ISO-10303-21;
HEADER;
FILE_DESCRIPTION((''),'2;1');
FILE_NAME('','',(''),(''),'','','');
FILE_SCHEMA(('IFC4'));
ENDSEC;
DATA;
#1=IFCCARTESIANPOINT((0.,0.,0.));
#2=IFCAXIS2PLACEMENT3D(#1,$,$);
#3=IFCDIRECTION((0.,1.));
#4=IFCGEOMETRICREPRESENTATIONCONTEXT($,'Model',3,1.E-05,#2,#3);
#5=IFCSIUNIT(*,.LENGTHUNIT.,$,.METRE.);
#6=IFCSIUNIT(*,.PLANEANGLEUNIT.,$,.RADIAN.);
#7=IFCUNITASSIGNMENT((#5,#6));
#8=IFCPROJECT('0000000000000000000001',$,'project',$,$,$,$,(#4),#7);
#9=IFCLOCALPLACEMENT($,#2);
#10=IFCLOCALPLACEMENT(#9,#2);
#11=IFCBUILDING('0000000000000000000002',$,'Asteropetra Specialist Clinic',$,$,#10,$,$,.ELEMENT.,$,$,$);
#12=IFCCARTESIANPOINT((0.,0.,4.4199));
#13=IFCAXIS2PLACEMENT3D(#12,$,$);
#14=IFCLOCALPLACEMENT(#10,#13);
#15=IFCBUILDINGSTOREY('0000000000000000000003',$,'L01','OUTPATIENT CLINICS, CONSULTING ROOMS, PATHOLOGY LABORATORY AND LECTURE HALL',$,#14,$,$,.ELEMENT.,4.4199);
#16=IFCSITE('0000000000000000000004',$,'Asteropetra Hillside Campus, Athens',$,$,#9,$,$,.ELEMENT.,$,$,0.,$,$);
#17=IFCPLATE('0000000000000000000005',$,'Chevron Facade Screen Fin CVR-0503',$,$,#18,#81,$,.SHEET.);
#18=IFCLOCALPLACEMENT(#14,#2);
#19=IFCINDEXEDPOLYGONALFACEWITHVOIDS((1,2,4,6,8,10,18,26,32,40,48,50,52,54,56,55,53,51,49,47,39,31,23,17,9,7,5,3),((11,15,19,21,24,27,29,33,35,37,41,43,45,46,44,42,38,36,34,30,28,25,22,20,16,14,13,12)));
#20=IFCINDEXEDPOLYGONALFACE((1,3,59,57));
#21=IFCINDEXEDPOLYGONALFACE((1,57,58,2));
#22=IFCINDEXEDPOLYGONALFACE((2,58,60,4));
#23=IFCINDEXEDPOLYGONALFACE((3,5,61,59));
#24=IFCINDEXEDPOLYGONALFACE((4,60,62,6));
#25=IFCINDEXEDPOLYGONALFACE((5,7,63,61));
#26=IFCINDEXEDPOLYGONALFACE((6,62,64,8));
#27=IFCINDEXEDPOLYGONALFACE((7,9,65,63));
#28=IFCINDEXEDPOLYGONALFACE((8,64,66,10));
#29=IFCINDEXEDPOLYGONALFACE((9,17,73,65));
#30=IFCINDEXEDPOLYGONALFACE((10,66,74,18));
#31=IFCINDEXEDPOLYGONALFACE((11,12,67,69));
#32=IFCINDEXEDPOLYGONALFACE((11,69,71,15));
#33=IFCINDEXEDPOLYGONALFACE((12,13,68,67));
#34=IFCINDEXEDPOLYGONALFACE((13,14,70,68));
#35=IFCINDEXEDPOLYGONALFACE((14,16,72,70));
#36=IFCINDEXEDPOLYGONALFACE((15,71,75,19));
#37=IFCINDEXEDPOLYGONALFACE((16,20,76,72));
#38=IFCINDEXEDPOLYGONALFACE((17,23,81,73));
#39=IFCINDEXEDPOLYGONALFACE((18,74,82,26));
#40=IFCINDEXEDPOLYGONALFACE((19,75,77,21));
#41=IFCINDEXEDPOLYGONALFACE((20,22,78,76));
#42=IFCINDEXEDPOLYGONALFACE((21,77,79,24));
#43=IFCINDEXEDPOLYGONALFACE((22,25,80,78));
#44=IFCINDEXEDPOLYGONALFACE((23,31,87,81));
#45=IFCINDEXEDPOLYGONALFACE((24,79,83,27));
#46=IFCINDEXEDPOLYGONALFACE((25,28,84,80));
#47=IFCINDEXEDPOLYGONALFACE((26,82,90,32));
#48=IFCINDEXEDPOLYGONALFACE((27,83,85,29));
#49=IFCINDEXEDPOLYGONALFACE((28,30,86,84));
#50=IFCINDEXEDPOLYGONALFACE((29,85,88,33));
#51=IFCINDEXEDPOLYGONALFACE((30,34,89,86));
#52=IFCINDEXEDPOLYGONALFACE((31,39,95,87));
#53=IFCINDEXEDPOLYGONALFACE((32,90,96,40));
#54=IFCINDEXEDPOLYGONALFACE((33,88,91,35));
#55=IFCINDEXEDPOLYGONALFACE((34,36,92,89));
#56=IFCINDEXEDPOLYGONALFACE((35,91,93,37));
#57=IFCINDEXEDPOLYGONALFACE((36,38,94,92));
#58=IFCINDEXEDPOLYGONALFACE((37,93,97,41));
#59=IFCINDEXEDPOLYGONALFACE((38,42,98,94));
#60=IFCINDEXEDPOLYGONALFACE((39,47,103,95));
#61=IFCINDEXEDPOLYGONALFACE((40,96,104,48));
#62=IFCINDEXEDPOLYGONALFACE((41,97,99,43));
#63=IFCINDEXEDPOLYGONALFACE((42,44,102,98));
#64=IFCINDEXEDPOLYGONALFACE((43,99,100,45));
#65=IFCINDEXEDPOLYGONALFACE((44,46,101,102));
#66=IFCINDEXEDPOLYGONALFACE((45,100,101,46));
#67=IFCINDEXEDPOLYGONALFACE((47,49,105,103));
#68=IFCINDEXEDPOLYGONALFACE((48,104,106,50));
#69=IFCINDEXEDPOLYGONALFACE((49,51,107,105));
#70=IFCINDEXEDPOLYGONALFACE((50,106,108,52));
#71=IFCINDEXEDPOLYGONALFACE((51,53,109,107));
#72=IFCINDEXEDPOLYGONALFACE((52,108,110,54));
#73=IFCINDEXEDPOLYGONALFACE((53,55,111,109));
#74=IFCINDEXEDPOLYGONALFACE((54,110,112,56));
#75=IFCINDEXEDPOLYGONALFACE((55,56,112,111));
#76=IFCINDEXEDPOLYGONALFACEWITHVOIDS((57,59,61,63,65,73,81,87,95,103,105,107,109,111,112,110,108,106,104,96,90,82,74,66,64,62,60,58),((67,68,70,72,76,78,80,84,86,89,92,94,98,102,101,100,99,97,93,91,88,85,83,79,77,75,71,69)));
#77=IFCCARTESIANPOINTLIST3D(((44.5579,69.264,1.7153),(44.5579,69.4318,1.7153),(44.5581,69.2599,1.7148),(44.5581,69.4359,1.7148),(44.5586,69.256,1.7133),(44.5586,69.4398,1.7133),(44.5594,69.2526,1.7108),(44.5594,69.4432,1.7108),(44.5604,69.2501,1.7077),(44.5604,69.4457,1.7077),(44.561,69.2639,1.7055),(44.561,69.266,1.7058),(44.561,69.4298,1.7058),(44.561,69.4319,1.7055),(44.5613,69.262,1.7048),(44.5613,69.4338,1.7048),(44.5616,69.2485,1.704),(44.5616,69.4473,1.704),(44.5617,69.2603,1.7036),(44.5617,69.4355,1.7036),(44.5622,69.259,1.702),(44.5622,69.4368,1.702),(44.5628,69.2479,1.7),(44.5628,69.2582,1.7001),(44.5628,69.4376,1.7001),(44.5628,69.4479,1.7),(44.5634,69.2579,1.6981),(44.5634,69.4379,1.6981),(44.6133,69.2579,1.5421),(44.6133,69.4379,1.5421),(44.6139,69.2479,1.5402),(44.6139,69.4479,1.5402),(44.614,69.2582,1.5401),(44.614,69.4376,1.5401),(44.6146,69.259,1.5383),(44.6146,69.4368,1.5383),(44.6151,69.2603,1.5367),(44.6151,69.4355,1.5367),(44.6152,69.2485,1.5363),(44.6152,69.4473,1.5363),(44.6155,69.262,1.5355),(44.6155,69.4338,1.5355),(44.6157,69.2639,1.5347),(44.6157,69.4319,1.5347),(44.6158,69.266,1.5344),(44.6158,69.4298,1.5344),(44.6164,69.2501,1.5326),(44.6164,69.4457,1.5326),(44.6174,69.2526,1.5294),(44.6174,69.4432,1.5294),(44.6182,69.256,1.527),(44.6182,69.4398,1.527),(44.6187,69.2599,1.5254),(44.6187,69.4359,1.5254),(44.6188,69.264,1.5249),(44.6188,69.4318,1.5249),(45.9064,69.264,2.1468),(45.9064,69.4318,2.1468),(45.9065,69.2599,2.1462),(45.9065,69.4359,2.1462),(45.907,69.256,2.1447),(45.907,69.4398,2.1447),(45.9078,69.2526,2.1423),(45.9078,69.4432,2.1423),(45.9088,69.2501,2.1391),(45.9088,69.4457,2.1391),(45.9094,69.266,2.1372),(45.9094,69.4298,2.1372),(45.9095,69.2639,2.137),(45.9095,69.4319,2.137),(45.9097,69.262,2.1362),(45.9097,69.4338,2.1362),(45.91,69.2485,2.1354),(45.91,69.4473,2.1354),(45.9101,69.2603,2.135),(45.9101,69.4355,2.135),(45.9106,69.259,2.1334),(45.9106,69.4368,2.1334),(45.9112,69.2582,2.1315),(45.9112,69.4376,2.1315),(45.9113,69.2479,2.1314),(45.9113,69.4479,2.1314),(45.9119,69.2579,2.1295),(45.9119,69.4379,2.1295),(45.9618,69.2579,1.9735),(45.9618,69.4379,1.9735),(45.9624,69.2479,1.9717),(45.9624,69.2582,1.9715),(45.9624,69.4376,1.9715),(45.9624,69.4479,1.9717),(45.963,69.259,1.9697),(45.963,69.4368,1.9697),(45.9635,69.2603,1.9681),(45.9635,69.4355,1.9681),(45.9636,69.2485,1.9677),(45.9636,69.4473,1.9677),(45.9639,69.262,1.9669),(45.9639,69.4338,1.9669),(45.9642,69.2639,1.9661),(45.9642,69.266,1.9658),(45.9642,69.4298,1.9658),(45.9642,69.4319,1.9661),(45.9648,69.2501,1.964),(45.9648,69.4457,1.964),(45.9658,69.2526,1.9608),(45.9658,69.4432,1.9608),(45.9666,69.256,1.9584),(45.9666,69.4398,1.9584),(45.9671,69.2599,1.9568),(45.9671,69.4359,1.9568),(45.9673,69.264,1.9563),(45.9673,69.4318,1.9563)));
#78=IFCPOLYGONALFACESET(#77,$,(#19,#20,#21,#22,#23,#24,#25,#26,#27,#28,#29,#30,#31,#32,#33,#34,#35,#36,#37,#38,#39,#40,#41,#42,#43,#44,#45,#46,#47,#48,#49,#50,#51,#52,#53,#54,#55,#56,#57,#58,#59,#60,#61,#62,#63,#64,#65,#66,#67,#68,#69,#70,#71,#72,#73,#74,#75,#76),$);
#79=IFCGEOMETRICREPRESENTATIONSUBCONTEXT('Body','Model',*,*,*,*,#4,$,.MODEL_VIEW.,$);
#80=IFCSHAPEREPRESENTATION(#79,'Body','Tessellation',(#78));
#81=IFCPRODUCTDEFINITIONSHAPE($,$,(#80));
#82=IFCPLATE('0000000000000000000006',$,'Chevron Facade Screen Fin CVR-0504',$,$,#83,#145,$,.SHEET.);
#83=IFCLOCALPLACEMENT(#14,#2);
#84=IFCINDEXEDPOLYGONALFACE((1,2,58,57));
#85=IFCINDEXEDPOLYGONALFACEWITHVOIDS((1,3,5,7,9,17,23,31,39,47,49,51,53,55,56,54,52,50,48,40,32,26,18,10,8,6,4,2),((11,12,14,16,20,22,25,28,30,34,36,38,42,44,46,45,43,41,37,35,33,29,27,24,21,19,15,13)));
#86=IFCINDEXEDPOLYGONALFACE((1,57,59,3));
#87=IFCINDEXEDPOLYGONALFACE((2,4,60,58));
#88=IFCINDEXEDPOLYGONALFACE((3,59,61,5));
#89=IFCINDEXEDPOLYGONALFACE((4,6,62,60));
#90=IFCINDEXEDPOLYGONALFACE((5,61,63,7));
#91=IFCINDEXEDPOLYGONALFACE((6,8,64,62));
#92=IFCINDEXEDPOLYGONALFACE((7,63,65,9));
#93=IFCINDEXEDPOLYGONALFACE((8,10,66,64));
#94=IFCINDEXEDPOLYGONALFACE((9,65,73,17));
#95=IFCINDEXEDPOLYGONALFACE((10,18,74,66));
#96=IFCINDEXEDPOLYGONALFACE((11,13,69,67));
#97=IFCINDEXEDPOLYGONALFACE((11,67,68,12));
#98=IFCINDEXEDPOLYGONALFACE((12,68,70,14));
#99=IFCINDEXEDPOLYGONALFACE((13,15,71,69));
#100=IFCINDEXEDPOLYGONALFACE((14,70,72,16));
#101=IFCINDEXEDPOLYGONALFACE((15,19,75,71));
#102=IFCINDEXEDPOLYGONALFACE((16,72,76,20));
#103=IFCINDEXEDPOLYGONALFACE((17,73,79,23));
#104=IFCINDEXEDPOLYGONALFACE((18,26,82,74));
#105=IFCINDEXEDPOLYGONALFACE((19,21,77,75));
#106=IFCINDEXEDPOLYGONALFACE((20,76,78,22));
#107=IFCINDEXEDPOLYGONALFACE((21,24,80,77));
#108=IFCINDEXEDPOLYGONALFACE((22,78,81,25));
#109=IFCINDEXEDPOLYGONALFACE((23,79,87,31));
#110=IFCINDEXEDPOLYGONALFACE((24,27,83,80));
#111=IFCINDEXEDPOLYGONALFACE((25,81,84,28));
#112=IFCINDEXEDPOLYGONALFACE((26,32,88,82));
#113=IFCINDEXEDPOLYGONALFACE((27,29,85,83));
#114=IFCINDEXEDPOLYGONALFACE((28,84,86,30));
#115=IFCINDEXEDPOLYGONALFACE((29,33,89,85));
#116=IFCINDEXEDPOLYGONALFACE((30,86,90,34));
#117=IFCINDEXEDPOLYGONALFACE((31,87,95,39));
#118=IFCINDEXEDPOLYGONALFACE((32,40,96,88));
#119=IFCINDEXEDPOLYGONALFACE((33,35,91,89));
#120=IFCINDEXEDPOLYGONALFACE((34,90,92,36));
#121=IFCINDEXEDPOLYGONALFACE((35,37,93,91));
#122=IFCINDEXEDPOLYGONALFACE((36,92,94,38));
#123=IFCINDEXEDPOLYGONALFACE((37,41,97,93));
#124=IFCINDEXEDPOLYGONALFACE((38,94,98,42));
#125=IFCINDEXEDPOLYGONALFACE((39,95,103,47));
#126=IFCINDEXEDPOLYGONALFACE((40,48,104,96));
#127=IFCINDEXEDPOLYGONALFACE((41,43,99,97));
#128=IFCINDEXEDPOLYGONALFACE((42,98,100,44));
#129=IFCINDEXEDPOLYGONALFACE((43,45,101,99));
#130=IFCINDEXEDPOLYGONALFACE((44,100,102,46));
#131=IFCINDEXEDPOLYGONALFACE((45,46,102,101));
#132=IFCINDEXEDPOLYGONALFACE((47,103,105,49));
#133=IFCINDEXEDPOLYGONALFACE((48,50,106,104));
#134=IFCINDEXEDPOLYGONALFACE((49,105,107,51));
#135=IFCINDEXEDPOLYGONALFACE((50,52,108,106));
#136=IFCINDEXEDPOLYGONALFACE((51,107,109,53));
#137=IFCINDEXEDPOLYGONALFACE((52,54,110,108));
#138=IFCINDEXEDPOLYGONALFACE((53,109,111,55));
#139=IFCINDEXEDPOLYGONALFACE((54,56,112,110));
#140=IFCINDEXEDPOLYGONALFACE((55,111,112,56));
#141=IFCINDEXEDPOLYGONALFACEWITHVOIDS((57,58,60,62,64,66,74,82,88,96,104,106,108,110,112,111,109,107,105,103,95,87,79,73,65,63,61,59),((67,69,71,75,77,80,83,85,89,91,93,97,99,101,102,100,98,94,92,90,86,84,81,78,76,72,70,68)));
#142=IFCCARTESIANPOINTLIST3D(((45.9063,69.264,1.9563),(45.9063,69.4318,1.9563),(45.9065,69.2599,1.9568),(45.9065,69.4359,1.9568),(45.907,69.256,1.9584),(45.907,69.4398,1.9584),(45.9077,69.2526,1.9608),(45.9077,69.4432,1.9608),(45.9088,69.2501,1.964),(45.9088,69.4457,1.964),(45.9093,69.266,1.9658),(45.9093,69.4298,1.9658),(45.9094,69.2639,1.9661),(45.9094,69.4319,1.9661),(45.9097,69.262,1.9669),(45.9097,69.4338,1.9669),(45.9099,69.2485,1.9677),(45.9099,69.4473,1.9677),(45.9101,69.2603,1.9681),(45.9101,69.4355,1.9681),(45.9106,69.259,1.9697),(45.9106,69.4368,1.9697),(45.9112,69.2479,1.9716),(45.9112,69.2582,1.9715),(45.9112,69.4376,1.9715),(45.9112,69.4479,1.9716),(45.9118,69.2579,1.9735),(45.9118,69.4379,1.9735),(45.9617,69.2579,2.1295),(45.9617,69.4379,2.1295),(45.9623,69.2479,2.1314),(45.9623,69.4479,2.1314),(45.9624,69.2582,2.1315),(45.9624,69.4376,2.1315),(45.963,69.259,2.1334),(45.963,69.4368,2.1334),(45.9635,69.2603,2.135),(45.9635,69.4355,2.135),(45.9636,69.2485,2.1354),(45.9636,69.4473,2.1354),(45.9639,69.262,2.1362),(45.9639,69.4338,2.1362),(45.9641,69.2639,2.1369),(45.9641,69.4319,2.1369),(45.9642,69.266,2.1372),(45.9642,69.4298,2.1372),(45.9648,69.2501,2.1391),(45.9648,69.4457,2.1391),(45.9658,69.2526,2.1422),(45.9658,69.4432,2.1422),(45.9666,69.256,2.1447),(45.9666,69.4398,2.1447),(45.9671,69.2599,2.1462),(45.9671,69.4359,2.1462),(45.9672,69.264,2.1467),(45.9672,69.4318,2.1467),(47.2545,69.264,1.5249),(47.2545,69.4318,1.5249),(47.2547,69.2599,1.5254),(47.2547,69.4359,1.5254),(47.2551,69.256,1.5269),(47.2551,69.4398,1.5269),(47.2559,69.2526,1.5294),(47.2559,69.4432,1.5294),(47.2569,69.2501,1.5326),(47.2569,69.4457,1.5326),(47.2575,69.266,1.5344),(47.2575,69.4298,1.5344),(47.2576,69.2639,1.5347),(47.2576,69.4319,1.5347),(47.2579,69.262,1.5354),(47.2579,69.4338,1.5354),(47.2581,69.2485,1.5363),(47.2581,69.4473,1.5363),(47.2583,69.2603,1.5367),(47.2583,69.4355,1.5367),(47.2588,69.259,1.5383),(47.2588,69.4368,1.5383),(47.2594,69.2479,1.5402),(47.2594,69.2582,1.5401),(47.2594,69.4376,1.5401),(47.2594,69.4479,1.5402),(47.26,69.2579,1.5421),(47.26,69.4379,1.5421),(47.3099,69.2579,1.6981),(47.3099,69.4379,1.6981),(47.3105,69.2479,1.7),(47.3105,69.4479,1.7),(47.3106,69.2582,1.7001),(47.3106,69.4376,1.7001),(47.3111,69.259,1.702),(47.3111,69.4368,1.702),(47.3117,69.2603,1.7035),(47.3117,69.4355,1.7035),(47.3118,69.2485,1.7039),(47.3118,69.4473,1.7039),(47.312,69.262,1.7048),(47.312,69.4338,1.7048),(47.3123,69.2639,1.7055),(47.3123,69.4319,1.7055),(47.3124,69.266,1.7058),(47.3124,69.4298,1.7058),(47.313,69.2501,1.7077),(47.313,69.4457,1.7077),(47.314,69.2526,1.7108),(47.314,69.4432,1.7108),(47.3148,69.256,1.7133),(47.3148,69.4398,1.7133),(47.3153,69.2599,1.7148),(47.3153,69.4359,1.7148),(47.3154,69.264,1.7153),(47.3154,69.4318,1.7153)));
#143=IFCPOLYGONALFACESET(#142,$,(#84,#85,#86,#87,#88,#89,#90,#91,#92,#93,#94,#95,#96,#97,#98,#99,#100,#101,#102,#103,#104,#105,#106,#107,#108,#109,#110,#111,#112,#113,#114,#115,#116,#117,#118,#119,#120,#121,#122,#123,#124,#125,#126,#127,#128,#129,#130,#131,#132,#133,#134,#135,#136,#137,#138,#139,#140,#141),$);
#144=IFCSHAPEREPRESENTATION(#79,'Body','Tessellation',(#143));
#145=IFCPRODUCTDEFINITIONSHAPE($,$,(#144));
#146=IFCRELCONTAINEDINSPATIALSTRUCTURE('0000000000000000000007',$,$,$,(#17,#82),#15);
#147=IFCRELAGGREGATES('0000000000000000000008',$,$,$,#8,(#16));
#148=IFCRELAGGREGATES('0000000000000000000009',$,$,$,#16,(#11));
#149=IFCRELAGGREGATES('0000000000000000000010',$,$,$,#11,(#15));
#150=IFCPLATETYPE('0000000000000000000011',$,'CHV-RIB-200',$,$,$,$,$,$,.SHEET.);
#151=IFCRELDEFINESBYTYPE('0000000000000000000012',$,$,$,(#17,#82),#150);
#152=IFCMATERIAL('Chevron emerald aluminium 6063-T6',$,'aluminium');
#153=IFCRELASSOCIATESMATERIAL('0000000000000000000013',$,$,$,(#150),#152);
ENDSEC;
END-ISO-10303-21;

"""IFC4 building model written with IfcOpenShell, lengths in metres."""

from ifc_helpers import new_model, si_unit, direction, frame, origin, origin_2d, place, context, subcontext, project, spatial, hollow_rectangle, extrude, material, material_profile, profile_set, type_object, element, save


model = new_model("IFC4")

# Units and contexts
model_context = context("Model", 3, precision=1e-05, world=origin(), true_north=direction((0.0, 1.0)))
body_context = subcontext(model_context, "Body", "Model", "MODEL_VIEW")
ifc_project = project(units=[si_unit("LENGTHUNIT", "METRE"), si_unit("PLANEANGLEUNIT", "RADIAN")], contexts=[model_context])

# Site, building, storey
site_placement = place(None, origin())
site = spatial("IfcSite", under=ifc_project, at=site_placement, Name="Asteropetra Hillside Campus, Athens", CompositionType="ELEMENT", RefElevation=0.0)
building_placement = place(site_placement, origin())
building = spatial("IfcBuilding", under=site, at=building_placement, Name="Asteropetra Specialist Clinic", CompositionType="ELEMENT")
storey_placement = place(building_placement, frame((0.0, 0.0, 4.4199)))
storey = spatial("IfcBuildingStorey", under=building, at=storey_placement, Name="L01", Description="OUTPATIENT CLINICS, CONSULTING ROOMS, PATHOLOGY LABORATORY AND LECTURE HALL", CompositionType="ELEMENT", Elevation=4.4199)

# Plates
ifc_material_1 = material(Name="Chevron emerald aluminium 6063-T6", Category="aluminium")
ifc_material_profile_1 = material_profile(ifc_material_1, hollow_rectangle(XDim=0.2, YDim=0.2, WallThickness=0.01, InnerFilletRadius=0.0081, OuterFilletRadius=0.0161, at=origin_2d()), Name="SHS 200x200x10.0")
ifc_profile_set_1 = profile_set([ifc_material_profile_1], Name="Chevron emerald aluminium 6063-T6")
plate_type = type_object("IfcPlateType", Name="CHV-RIB-200", PredefinedType="SHEET", material=ifc_profile_set_1)
plate_1_placement = place(storey_placement, frame((44.5884, 69.3479, 1.6201), z_axis=(0.952442, 0.0, 0.304719), x_axis=(0.0, 1.0, 0.0)))
element("IfcPlate", 1, at=plate_1_placement, inside=storey, type_object=plate_type, Name="Chevron Facade Screen Fin CVR-0503", PredefinedType="SHEET", context=body_context, shape_type="SweptSolid", body=[
    extrude(hollow_rectangle(XDim=0.2, YDim=0.2, WallThickness=0.01, InnerFilletRadius=0.0081, OuterFilletRadius=0.0161, at=origin_2d()), origin(), (0.0, 0.0, 1.0), 1.4158),
])
plate_2_placement = place(storey_placement, frame((45.9368, 69.3479, 2.0515), z_axis=(0.952426, 0.0, -0.304769), x_axis=(0.0, 1.0, 0.0)))
element("IfcPlate", 2, at=plate_2_placement, inside=storey, type_object=plate_type, Name="Chevron Facade Screen Fin CVR-0504", PredefinedType="SHEET", context=body_context, shape_type="SweptSolid", body=[
    extrude(hollow_rectangle(XDim=0.2, YDim=0.2, WallThickness=0.01, InnerFilletRadius=0.0081, OuterFilletRadius=0.0161, at=origin_2d()), origin(), (0.0, 0.0, 1.0), 1.4155),
])

save(model, "model.ifc")
